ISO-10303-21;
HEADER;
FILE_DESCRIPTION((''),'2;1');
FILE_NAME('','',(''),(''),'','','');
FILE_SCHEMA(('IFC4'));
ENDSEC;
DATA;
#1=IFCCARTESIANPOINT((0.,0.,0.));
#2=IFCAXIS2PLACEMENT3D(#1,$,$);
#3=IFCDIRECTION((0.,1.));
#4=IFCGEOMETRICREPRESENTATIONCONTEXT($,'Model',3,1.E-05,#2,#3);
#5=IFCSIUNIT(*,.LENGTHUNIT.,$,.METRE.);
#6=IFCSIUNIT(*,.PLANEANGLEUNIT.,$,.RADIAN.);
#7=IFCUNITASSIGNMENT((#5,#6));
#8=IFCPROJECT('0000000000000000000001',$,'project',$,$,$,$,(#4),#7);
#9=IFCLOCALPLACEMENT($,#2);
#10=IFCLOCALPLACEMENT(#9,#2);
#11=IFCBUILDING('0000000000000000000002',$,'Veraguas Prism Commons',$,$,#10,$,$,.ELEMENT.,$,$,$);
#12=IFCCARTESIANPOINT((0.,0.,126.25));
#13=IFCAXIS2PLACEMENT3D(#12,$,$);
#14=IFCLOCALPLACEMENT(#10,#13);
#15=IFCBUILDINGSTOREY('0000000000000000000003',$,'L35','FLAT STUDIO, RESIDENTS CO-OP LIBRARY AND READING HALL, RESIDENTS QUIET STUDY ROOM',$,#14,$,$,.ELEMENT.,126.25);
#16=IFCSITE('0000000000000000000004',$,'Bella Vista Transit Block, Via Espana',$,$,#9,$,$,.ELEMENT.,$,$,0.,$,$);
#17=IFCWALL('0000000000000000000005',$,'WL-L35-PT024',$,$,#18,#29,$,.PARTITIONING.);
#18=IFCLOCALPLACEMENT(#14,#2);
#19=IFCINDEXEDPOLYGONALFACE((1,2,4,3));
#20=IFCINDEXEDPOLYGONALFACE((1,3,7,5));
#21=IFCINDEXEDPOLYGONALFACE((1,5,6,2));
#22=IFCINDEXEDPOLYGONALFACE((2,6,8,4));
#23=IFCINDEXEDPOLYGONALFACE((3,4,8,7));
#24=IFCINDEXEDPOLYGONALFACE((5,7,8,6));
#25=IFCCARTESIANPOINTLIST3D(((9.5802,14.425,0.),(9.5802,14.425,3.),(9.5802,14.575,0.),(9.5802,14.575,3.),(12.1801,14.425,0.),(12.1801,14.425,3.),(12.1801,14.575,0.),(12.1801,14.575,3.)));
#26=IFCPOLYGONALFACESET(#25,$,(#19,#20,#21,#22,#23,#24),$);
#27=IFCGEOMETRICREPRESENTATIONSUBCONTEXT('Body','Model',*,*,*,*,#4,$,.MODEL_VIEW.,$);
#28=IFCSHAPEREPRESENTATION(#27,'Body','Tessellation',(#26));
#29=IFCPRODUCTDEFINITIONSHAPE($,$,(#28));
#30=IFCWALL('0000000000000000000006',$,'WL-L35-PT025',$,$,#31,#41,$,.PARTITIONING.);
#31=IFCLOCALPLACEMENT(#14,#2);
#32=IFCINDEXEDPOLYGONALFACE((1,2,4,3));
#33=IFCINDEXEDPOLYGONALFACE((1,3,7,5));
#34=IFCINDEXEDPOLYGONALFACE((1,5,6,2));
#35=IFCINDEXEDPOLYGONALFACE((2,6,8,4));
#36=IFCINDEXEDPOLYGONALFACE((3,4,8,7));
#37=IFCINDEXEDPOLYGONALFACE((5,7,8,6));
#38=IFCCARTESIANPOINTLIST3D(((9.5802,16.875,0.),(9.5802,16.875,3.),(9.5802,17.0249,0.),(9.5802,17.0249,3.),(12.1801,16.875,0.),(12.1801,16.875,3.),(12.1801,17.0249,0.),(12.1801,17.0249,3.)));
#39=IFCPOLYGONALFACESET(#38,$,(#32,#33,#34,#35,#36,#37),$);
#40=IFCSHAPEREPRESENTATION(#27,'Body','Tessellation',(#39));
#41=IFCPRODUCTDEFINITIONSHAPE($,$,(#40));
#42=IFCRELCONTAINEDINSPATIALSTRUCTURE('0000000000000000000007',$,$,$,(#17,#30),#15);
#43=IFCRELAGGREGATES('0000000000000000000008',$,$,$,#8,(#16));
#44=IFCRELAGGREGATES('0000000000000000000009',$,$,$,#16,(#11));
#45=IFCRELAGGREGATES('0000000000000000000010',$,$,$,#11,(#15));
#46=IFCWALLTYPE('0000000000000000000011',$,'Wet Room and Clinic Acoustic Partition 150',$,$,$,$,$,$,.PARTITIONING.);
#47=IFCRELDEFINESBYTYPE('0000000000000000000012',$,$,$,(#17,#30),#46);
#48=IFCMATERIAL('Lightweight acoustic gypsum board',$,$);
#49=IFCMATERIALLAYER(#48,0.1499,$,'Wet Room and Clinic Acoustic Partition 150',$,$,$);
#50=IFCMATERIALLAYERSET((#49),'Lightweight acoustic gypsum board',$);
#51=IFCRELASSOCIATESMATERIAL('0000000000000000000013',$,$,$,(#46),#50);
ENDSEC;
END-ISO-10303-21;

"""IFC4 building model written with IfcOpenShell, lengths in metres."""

from ifc_helpers import new_model, si_unit, direction, frame, frame_2d, origin, place, context, subcontext, project, spatial, rectangle, extrude, material, layer, layer_set, type_object, element, save


model = new_model("IFC4")

# Units and contexts
model_context = context("Model", 3, precision=1e-05, world=origin(), true_north=direction((0.0, 1.0)))
body_context = subcontext(model_context, "Body", "Model", "MODEL_VIEW")
ifc_project = project(units=[si_unit("LENGTHUNIT", "METRE"), si_unit("PLANEANGLEUNIT", "RADIAN")], contexts=[model_context])

# Site, building, storey
site_placement = place(None, origin())
site = spatial("IfcSite", under=ifc_project, at=site_placement, Name="Bella Vista Transit Block, Via Espana", CompositionType="ELEMENT", RefElevation=0.0)
building_placement = place(site_placement, origin())
building = spatial("IfcBuilding", under=site, at=building_placement, Name="Veraguas Prism Commons", CompositionType="ELEMENT")
storey_placement = place(building_placement, frame((0.0, 0.0, 126.25)))
storey = spatial("IfcBuildingStorey", under=building, at=storey_placement, Name="L35", Description="FLAT STUDIO, RESIDENTS CO-OP LIBRARY AND READING HALL, RESIDENTS QUIET STUDY ROOM", CompositionType="ELEMENT", Elevation=126.25)

# Walls
ifc_material_1 = material(Name="Lightweight acoustic gypsum board")
ifc_layer_1 = layer(ifc_material_1, 0.1499, Name="Wet Room and Clinic Acoustic Partition 150")
ifc_layer_set_1 = layer_set([ifc_layer_1], Name="Lightweight acoustic gypsum board")
wall_type_1 = type_object("IfcWallType", Name="Wet Room and Clinic Acoustic Partition 150", PredefinedType="PARTITIONING", material=ifc_layer_set_1)
for number, where, z_axis, x_axis, name in (
    (1, (12.1799, 14.5, 0.0), (0.0, 0.0, 1.0), (-1.0, 0.0, 0.0), "WL-L35-PT024"),
    (2, (12.1799, 16.95, 0.0), (0.0, 0.0, 1.0), (-1.0, 0.0, 0.0), "WL-L35-PT025"),
):
    element("IfcWall", number, at=place(storey_placement, frame(where, z_axis=z_axis, x_axis=x_axis)), inside=storey, type_object=wall_type_1, Name=name, PredefinedType="PARTITIONING", context=body_context, shape_type="SweptSolid", body=[
        extrude(rectangle(XDim=2.5999, YDim=0.1499, at=frame_2d((1.2998, 0.0))), origin(), (0.0, 0.0, 1.0), 3.0),
    ])

save(model, "model.ifc")
